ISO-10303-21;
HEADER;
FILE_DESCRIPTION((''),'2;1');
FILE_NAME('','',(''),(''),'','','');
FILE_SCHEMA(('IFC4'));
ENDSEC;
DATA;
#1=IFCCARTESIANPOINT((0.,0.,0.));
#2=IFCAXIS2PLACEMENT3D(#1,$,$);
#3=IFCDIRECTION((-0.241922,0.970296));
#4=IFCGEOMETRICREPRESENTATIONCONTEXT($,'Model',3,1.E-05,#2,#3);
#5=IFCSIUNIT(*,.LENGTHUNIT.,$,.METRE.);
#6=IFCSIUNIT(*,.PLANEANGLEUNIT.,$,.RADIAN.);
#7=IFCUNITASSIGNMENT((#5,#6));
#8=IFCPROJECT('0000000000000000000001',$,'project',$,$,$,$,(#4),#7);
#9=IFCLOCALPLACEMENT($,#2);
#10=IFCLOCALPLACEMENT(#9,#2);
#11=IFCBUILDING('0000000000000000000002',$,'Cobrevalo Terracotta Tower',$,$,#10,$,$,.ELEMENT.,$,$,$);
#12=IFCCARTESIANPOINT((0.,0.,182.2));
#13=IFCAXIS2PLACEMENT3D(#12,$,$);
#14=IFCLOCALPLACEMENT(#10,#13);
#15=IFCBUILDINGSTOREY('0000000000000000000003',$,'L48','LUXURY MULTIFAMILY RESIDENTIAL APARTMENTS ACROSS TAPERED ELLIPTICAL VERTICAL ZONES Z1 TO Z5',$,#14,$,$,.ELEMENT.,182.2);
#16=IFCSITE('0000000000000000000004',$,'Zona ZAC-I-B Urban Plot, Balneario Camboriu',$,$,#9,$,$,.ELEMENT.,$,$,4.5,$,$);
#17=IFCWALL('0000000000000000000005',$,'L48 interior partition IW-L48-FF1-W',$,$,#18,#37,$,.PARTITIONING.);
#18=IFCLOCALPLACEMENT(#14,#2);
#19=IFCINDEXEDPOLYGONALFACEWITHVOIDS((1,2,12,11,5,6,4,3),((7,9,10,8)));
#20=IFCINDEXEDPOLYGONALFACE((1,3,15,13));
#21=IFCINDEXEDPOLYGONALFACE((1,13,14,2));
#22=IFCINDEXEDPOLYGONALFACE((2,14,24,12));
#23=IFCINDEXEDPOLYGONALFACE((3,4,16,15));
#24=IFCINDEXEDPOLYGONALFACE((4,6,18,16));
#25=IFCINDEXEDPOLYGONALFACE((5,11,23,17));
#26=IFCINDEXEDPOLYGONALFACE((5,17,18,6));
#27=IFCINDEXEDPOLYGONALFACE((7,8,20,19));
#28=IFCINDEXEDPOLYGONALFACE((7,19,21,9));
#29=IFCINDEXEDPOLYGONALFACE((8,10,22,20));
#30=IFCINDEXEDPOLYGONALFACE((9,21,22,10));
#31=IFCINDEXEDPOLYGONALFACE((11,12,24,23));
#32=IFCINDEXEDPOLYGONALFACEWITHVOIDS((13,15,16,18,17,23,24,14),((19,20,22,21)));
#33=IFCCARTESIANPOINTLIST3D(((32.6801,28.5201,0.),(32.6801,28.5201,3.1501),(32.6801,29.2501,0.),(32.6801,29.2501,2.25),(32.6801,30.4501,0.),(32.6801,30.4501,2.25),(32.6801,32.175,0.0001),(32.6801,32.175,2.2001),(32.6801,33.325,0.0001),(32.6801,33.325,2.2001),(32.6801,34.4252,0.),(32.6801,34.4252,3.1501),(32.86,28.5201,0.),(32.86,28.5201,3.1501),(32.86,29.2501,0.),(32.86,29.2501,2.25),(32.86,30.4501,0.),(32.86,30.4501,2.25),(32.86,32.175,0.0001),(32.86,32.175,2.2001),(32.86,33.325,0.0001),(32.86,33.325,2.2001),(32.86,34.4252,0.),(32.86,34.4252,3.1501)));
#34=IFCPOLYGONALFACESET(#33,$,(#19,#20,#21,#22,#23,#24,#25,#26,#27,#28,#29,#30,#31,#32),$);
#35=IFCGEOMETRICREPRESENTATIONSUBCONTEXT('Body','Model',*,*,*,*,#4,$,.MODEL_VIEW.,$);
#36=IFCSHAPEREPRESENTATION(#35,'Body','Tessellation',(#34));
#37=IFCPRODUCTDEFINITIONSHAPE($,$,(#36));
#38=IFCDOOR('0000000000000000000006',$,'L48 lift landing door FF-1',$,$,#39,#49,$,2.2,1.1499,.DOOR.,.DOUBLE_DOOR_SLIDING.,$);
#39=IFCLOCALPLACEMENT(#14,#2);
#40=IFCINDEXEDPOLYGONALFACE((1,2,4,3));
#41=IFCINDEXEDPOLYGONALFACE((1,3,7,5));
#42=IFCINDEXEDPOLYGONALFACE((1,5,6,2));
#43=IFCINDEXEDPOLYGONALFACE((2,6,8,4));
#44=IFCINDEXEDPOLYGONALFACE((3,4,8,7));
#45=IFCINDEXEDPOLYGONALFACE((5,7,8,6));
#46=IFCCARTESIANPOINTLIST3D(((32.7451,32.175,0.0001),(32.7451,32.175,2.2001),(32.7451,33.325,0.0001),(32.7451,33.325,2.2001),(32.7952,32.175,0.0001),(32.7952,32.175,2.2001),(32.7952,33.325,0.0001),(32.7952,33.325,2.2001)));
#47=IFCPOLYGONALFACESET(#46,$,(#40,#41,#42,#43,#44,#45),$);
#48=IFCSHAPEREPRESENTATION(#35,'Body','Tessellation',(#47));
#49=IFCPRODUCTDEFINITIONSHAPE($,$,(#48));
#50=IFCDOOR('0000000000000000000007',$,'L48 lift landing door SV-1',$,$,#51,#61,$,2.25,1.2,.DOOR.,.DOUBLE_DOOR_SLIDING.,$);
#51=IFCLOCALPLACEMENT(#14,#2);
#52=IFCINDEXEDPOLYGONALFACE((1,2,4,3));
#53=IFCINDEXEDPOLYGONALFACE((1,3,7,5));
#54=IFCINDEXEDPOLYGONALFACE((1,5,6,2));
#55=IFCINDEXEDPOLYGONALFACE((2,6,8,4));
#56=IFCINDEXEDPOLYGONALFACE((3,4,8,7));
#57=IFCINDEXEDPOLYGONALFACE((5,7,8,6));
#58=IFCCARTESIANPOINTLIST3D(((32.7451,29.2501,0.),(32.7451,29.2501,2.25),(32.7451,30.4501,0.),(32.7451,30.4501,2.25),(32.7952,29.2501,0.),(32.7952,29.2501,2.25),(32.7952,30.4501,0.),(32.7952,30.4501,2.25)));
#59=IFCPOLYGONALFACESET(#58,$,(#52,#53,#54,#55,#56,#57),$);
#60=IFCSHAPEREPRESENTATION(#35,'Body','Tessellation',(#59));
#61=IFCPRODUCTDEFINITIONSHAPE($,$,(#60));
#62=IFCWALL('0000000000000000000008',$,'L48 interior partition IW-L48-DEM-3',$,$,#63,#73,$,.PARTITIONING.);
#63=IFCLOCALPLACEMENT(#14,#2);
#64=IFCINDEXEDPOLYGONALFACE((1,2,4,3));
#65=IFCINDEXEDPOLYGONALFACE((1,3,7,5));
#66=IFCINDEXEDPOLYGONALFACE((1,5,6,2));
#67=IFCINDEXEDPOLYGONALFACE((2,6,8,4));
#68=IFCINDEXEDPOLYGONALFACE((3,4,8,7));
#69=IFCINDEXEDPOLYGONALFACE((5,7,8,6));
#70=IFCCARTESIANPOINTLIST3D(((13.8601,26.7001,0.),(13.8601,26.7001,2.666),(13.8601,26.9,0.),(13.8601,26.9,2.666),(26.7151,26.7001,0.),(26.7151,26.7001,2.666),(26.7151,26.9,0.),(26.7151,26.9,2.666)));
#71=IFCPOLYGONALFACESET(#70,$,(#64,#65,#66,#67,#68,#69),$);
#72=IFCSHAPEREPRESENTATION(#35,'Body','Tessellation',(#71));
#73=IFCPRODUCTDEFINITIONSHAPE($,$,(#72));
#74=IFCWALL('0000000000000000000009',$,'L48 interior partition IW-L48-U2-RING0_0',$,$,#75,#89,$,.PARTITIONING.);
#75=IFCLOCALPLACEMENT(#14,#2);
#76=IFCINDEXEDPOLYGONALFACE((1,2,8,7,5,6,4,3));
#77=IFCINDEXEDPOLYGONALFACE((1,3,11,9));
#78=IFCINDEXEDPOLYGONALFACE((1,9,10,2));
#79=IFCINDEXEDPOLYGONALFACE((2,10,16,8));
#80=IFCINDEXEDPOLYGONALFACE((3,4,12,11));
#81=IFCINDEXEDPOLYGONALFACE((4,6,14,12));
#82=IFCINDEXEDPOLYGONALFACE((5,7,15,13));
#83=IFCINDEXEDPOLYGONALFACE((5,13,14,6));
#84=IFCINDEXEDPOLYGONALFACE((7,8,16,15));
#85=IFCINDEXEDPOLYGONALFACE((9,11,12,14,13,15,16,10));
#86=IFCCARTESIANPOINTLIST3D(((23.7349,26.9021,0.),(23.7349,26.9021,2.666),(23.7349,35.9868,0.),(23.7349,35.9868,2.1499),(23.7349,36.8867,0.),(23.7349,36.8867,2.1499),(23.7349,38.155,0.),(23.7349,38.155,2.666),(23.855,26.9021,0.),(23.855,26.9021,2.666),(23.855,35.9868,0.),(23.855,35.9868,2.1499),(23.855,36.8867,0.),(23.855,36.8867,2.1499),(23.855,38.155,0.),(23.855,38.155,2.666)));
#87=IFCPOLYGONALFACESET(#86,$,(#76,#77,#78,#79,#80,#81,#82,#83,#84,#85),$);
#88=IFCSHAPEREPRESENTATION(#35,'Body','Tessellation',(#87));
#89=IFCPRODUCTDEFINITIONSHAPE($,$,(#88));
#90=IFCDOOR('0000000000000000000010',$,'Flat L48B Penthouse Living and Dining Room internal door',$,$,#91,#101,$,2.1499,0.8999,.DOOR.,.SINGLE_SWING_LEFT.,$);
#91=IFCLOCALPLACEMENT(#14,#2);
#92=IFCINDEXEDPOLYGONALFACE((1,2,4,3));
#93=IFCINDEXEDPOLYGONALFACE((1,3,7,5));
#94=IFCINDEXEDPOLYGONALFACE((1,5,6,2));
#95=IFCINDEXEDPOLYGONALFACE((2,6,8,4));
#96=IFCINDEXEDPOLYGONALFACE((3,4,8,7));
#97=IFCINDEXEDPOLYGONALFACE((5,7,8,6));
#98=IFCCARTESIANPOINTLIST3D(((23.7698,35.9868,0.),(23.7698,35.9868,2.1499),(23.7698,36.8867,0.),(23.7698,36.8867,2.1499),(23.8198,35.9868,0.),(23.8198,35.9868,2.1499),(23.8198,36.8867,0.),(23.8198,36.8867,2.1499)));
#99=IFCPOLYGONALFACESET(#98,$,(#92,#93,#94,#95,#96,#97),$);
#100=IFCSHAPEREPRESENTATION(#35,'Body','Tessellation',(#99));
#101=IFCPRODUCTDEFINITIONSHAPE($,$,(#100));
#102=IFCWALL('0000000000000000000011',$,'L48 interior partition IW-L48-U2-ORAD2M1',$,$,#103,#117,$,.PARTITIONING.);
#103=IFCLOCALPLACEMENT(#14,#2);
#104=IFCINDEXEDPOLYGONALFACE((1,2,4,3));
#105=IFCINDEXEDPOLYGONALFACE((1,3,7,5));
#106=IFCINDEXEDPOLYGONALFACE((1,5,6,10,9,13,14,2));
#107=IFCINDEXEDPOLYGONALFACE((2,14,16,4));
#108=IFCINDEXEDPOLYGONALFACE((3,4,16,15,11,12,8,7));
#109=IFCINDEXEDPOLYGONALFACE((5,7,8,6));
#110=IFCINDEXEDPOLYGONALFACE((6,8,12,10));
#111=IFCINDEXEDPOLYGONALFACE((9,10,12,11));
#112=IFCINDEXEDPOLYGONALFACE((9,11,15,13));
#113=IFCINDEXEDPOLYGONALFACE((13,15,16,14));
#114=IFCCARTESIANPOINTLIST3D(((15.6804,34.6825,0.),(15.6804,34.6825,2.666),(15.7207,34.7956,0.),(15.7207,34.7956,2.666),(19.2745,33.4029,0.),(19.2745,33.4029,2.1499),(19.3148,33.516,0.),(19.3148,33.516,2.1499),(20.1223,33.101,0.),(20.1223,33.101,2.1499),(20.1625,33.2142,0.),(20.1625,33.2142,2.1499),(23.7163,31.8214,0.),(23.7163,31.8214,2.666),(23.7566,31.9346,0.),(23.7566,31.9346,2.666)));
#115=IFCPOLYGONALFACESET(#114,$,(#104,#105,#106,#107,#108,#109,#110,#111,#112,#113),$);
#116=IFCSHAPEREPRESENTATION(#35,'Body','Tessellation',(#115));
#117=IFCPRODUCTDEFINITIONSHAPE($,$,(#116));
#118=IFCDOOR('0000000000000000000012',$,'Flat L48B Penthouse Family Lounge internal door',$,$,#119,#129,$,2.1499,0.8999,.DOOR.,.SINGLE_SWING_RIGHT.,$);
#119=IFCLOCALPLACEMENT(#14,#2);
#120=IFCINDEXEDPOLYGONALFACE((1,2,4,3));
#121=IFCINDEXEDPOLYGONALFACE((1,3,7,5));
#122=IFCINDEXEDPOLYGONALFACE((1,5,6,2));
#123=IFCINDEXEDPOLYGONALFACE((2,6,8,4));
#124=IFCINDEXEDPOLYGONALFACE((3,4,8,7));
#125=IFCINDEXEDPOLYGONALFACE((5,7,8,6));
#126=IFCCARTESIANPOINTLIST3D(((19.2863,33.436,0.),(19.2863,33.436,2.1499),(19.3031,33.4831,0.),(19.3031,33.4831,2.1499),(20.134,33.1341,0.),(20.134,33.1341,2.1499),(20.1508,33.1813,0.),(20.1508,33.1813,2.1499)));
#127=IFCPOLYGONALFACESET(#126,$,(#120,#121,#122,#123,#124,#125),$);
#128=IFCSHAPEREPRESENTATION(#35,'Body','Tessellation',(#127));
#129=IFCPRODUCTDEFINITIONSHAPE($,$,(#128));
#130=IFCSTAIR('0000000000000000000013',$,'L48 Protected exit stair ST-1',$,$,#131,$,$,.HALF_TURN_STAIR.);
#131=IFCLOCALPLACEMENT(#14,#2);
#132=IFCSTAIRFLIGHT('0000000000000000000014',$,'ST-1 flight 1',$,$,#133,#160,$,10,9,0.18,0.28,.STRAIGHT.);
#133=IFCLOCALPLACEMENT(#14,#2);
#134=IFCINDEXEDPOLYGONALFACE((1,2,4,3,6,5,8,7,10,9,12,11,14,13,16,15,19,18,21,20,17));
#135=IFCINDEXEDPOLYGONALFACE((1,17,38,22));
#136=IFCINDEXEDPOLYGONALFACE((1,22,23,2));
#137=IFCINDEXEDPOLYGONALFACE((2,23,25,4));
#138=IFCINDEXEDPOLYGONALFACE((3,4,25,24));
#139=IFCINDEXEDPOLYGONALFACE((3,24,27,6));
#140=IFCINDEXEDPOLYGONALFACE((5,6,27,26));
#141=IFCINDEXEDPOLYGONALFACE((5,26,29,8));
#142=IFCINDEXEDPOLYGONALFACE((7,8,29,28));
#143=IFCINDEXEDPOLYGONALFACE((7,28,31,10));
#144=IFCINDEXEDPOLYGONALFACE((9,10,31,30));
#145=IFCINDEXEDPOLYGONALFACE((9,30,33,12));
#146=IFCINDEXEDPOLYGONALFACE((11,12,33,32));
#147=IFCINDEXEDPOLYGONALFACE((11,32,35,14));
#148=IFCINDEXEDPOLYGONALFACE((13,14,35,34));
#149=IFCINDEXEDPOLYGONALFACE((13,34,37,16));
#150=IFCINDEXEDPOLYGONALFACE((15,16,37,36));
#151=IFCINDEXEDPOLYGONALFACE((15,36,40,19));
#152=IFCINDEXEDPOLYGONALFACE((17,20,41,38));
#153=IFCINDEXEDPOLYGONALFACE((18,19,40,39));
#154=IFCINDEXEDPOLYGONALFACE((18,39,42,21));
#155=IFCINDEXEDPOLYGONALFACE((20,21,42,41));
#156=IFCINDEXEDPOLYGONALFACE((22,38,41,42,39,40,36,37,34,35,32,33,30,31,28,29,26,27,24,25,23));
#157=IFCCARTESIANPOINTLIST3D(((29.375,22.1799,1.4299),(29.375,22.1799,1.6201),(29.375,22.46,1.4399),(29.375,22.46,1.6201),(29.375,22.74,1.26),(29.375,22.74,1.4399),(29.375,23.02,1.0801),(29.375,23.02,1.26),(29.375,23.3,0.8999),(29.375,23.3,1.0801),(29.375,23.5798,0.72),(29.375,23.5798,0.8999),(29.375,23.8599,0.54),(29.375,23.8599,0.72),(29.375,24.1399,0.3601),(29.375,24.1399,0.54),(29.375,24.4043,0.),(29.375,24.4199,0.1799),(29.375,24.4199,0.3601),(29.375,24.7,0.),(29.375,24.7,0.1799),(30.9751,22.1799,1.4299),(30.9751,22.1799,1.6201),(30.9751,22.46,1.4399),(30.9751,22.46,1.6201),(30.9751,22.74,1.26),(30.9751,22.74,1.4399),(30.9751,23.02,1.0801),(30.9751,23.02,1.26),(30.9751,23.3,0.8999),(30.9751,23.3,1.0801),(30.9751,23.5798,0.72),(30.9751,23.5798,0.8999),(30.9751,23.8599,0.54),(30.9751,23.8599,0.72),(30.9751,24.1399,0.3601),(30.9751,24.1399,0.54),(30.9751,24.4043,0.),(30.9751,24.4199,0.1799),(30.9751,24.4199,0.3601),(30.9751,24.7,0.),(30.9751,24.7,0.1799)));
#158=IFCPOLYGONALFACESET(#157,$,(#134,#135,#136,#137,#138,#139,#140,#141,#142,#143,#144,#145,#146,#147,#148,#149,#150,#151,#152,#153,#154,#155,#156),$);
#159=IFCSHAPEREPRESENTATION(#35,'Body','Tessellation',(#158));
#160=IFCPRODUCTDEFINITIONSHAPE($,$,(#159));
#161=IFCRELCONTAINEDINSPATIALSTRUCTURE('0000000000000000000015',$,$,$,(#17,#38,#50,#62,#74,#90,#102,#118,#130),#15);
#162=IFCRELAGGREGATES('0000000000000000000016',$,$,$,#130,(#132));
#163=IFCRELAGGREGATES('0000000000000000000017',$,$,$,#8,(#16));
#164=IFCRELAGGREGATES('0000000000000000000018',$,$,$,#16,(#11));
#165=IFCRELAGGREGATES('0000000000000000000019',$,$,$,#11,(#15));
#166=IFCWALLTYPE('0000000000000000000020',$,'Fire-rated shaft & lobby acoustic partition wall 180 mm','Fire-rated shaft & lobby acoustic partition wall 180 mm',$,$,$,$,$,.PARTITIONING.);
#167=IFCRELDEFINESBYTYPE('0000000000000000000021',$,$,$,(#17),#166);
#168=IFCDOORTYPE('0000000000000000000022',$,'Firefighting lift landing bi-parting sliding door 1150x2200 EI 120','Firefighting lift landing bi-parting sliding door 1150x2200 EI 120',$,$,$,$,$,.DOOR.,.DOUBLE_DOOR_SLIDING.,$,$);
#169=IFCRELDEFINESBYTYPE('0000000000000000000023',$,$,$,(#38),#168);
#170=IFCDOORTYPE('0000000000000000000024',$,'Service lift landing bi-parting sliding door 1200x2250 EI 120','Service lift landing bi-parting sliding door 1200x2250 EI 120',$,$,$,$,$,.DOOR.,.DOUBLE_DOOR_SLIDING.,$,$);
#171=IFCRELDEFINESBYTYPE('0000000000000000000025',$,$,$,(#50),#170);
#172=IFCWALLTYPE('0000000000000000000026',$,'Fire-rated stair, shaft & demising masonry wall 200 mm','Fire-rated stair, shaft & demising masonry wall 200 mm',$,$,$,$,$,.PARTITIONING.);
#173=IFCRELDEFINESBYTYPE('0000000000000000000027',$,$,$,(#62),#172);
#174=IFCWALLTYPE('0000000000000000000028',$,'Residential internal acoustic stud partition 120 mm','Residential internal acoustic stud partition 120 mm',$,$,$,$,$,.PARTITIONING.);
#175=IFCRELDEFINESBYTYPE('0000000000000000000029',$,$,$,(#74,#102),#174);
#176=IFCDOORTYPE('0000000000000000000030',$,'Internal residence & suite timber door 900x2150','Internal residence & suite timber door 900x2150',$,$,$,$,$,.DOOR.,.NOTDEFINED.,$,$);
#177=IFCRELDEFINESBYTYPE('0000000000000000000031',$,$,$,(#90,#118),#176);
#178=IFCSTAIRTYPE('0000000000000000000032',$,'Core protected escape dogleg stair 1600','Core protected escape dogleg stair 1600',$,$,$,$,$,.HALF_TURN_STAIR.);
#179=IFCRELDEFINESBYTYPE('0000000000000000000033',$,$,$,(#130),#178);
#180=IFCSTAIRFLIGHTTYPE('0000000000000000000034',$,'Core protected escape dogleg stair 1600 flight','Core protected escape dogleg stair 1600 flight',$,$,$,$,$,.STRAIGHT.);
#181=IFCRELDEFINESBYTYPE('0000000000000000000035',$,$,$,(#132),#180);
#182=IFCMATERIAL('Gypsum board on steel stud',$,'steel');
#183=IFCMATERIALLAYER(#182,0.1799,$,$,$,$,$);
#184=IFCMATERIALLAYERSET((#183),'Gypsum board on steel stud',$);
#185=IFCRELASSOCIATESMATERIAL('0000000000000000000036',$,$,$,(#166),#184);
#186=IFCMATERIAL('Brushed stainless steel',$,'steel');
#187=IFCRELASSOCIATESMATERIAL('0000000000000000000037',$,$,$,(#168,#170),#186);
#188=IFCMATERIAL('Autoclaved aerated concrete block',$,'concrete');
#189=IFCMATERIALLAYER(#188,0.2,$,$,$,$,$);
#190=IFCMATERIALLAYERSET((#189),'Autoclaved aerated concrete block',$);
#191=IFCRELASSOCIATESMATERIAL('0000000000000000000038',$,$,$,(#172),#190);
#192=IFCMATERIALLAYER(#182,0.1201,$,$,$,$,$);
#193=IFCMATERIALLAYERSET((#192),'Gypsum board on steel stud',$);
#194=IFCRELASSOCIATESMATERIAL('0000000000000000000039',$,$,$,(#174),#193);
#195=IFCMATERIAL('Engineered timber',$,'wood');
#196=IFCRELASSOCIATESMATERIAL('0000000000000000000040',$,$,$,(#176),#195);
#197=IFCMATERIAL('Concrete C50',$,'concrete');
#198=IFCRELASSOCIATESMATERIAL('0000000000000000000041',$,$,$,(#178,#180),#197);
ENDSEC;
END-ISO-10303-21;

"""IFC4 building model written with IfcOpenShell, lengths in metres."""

from ifc_helpers import new_model, si_unit, direction, frame, frame_2d, origin, place, context, subcontext, project, spatial, polyline, rectangle, outline, extrude, source, transform, mapped, material, layer, layer_set, type_object, element, fill, aggregate, save


model = new_model("IFC4")

# Units and contexts
model_context = context("Model", 3, precision=1e-05, world=origin(), true_north=direction((-0.241922, 0.970296)))
body_context = subcontext(model_context, "Body", "Model", "MODEL_VIEW")
ifc_project = project(units=[si_unit("LENGTHUNIT", "METRE"), si_unit("PLANEANGLEUNIT", "RADIAN")], contexts=[model_context])

# Site, building, storey
site_placement = place(None, origin())
site = spatial("IfcSite", under=ifc_project, at=site_placement, Name="Zona ZAC-I-B Urban Plot, Balneario Camboriu", CompositionType="ELEMENT", RefElevation=4.5)
building_placement = place(site_placement, origin())
building = spatial("IfcBuilding", under=site, at=building_placement, Name="Cobrevalo Terracotta Tower", CompositionType="ELEMENT")
storey_placement = place(building_placement, frame((0.0, 0.0, 182.2)))
storey = spatial("IfcBuildingStorey", under=building, at=storey_placement, Name="L48", Description="LUXURY MULTIFAMILY RESIDENTIAL APARTMENTS ACROSS TAPERED ELLIPTICAL VERTICAL ZONES Z1 TO Z5", CompositionType="ELEMENT", Elevation=182.2)

# Shared definitions
ifc_material_1 = material(Name="Gypsum board on steel stud", Category="steel")

# Shared definitions
ifc_layer_1 = layer(ifc_material_1, 0.1799)
ifc_layer_set_1 = layer_set([ifc_layer_1], Name="Gypsum board on steel stud")
wall_type_1 = type_object("IfcWallType", Name="Fire-rated shaft & lobby acoustic partition wall 180 mm", Description="Fire-rated shaft & lobby acoustic partition wall 180 mm", PredefinedType="PARTITIONING", material=ifc_layer_set_1)

# Wall, openings, doors
wall_1_placement = place(storey_placement, frame((32.77, 28.52, 0.0), z_axis=(0.0, 0.0, 1.0), x_axis=(0.0, 1.0, 0.0)))
wall_1 = element("IfcWall", 1, at=wall_1_placement, inside=storey, type_object=wall_type_1, Name="L48 interior partition IW-L48-FF1-W", PredefinedType="PARTITIONING", context=body_context, shape_type="SweptSolid", body=[
    extrude(rectangle(XDim=5.905, YDim=0.1799, at=frame_2d((2.9526, 0.0))), origin(), (0.0, 0.0, 1.0), 3.1501),
])
opening_1_placement = place(wall_1_placement, frame((3.655, 0.0, 0.0)))
opening_1 = element("IfcOpeningElement", 2, at=opening_1_placement, cuts=wall_1, PredefinedType="OPENING", context=body_context, shape_type="SweptSolid", body=[
    extrude(rectangle(XDim=1.1499, YDim=2.2, at=frame_2d((0.575, 1.1001))), frame((0.0, 0.1001, 0.0), z_axis=(0.0, -1.0, 0.0), x_axis=(1.0, 0.0, 0.0)), (0.0, 0.0, 1.0), 0.2),
])
opening_2_placement = place(wall_1_placement, frame((0.73, 0.0, 0.0)))
opening_2 = element("IfcOpeningElement", 3, at=opening_2_placement, cuts=wall_1, PredefinedType="OPENING", context=body_context, shape_type="SweptSolid", body=[
    extrude(rectangle(XDim=1.2, YDim=2.25, at=frame_2d((0.6001, 1.125))), frame((0.0, 0.1001, 0.0), z_axis=(0.0, -1.0, 0.0), x_axis=(1.0, 0.0, 0.0)), (0.0, 0.0, 1.0), 0.2),
])
ifc_material_2 = material(Name="Brushed stainless steel", Category="steel")
door_type_1 = type_object("IfcDoorType", Name="Firefighting lift landing bi-parting sliding door 1150x2200 EI 120", Description="Firefighting lift landing bi-parting sliding door 1150x2200 EI 120", OperationType="DOUBLE_DOOR_SLIDING", PredefinedType="DOOR", material=ifc_material_2)
shared_shape_1 = source(origin(), body_context, "Body", "SweptSolid", [
    extrude(rectangle(XDim=1.1499, YDim=2.2, at=frame_2d((0.575, 1.1001))), frame((0.0, 0.0249, 0.0), z_axis=(0.0, -1.0, 0.0), x_axis=(1.0, 0.0, 0.0)), (0.0, 0.0, 1.0), 0.05),
])
door_1_placement = place(opening_1_placement, origin())
door_1 = element("IfcDoor", 4, at=door_1_placement, inside=storey, type_object=door_type_1, Name="L48 lift landing door FF-1", OperationType="DOUBLE_DOOR_SLIDING", OverallHeight=2.2, OverallWidth=1.1499, PredefinedType="DOOR", context=body_context, shape_type="MappedRepresentation", body=[
    mapped(shared_shape_1, transform((0.0, 0.0, 0.0), scale=1.0)),
])
fill(opening_1, door_1)
door_type_2 = type_object("IfcDoorType", Name="Service lift landing bi-parting sliding door 1200x2250 EI 120", Description="Service lift landing bi-parting sliding door 1200x2250 EI 120", OperationType="DOUBLE_DOOR_SLIDING", PredefinedType="DOOR", material=ifc_material_2)
shared_shape_2 = source(origin(), body_context, "Body", "SweptSolid", [
    extrude(rectangle(XDim=1.2, YDim=2.25, at=frame_2d((0.6001, 1.125))), frame((0.0, 0.0249, 0.0), z_axis=(0.0, -1.0, 0.0), x_axis=(1.0, 0.0, 0.0)), (0.0, 0.0, 1.0), 0.05),
])
door_2_placement = place(opening_2_placement, origin())
door_2 = element("IfcDoor", 5, at=door_2_placement, inside=storey, type_object=door_type_2, Name="L48 lift landing door SV-1", OperationType="DOUBLE_DOOR_SLIDING", OverallHeight=2.25, OverallWidth=1.2, PredefinedType="DOOR", context=body_context, shape_type="MappedRepresentation", body=[
    mapped(shared_shape_2, transform((0.0, 0.0, 0.0), scale=1.0)),
])
fill(opening_2, door_2)

# Wall
ifc_material_3 = material(Name="Autoclaved aerated concrete block", Category="concrete")
ifc_layer_2 = layer(ifc_material_3, 0.2)
ifc_layer_set_2 = layer_set([ifc_layer_2], Name="Autoclaved aerated concrete block")
wall_type_2 = type_object("IfcWallType", Name="Fire-rated stair, shaft & demising masonry wall 200 mm", Description="Fire-rated stair, shaft & demising masonry wall 200 mm", PredefinedType="PARTITIONING", material=ifc_layer_set_2)
wall_2_placement = place(storey_placement, frame((26.7151, 26.8, 0.0), z_axis=(0.0, 0.0, 1.0), x_axis=(-1.0, 0.0, 0.0)))
element("IfcWall", 6, at=wall_2_placement, inside=storey, type_object=wall_type_2, Name="L48 interior partition IW-L48-DEM-3", PredefinedType="PARTITIONING", context=body_context, shape_type="SweptSolid", body=[
    extrude(rectangle(XDim=12.855, YDim=0.2, at=frame_2d((6.4275, 0.0))), origin(), (0.0, 0.0, 1.0), 2.666),
])

# Walls, openings, doors
ifc_layer_3 = layer(ifc_material_1, 0.1201)
ifc_layer_set_3 = layer_set([ifc_layer_3], Name="Gypsum board on steel stud")
wall_type_3 = type_object("IfcWallType", Name="Residential internal acoustic stud partition 120 mm", Description="Residential internal acoustic stud partition 120 mm", PredefinedType="PARTITIONING", material=ifc_layer_set_3)
wall_3_placement = place(storey_placement, frame((23.7949, 26.9021, 0.0), z_axis=(0.0, 0.0, 1.0), x_axis=(0.0, 1.0, 0.0)))
wall_3 = element("IfcWall", 7, at=wall_3_placement, inside=storey, type_object=wall_type_3, Name="L48 interior partition IW-L48-U2-RING0_0", PredefinedType="PARTITIONING", context=body_context, shape_type="SweptSolid", body=[
    extrude(rectangle(XDim=11.2529, YDim=0.1201, at=frame_2d((5.6265, 0.0))), origin(), (0.0, 0.0, 1.0), 2.666),
])
opening_3_placement = place(wall_3_placement, frame((9.0847, 0.0, 0.0)))
opening_3 = element("IfcOpeningElement", 8, at=opening_3_placement, cuts=wall_3, PredefinedType="OPENING", context=body_context, shape_type="SweptSolid", body=[
    extrude(rectangle(XDim=0.8999, YDim=2.1499, at=frame_2d((0.45, 1.075))), frame((0.0, 0.0701, 0.0), z_axis=(0.0, -1.0, 0.0), x_axis=(1.0, 0.0, 0.0)), (0.0, 0.0, 1.0), 0.1401),
])
ifc_material_4 = material(Name="Engineered timber", Category="wood")
door_type_3 = type_object("IfcDoorType", Name="Internal residence & suite timber door 900x2150", Description="Internal residence & suite timber door 900x2150", OperationType="NOTDEFINED", PredefinedType="DOOR", material=ifc_material_4)
shared_shape_3 = source(origin(), body_context, "Body", "SweptSolid", [
    extrude(rectangle(XDim=0.8999, YDim=2.1499, at=frame_2d((0.45, 1.075))), frame((0.0, 0.0249, 0.0), z_axis=(0.0, -1.0, 0.0), x_axis=(1.0, 0.0, 0.0)), (0.0, 0.0, 1.0), 0.05),
])
door_3_placement = place(opening_3_placement, frame((0.8999, 0.0, 0.0), z_axis=(0.0, 0.0, 1.0), x_axis=(-1.0, 0.0, 0.0)))
door_3 = element("IfcDoor", 9, at=door_3_placement, inside=storey, type_object=door_type_3, Name="Flat L48B Penthouse Living and Dining Room internal door", OperationType="SINGLE_SWING_LEFT", OverallHeight=2.1499, OverallWidth=0.8999, PredefinedType="DOOR", context=body_context, shape_type="MappedRepresentation", body=[
    mapped(shared_shape_3, transform((0.0, 0.0, 0.0), scale=1.0)),
])
fill(opening_3, door_3)
wall_4_placement = place(storey_placement, frame((23.7366, 31.8779, 0.0), z_axis=(0.0, 0.0, 1.0), x_axis=(-0.942071, 0.335413, 0.0)))
wall_4 = element("IfcWall", 10, at=wall_4_placement, inside=storey, type_object=wall_type_3, Name="L48 interior partition IW-L48-U2-ORAD2M1", PredefinedType="PARTITIONING", context=body_context, shape_type="SweptSolid", body=[
    extrude(rectangle(XDim=8.53, YDim=0.1201, at=frame_2d((4.2651, 0.0))), origin(), (0.0, 0.0, 1.0), 2.666),
])
opening_4_placement = place(wall_4_placement, frame((3.8152, 0.0, 0.0)))
opening_4 = element("IfcOpeningElement", 11, at=opening_4_placement, cuts=wall_4, PredefinedType="OPENING", context=body_context, shape_type="SweptSolid", body=[
    extrude(rectangle(XDim=0.8999, YDim=2.1499, at=frame_2d((0.45, 1.075))), frame((0.0, 0.0701, 0.0), z_axis=(0.0, -1.0, 0.0), x_axis=(1.0, 0.0, 0.0)), (0.0, 0.0, 1.0), 0.1401),
])
door_4_placement = place(opening_4_placement, origin())
door_4 = element("IfcDoor", 12, at=door_4_placement, inside=storey, type_object=door_type_3, Name="Flat L48B Penthouse Family Lounge internal door", OperationType="SINGLE_SWING_RIGHT", OverallHeight=2.1499, OverallWidth=0.8999, PredefinedType="DOOR", context=body_context, shape_type="MappedRepresentation", body=[
    mapped(shared_shape_3, transform((0.0, 0.0, 0.0), scale=1.0)),
])
fill(opening_4, door_4)
ifc_material_5 = material(Name="Concrete C50", Category="concrete")

# Stair, stair flight
stair_type = type_object("IfcStairType", Name="Core protected escape dogleg stair 1600", Description="Core protected escape dogleg stair 1600", PredefinedType="HALF_TURN_STAIR", material=ifc_material_5)
stair_placement = place(storey_placement, origin())
stair = element("IfcStair", 13, at=stair_placement, inside=storey, type_object=stair_type, Name="L48 Protected exit stair ST-1", PredefinedType="HALF_TURN_STAIR")
stair_flight_type = type_object("IfcStairFlightType", Name="Core protected escape dogleg stair 1600 flight", Description="Core protected escape dogleg stair 1600 flight", PredefinedType="STRAIGHT", material=ifc_material_5)
stair_flight_placement = place(storey_placement, frame((30.175, 24.7, 0.0), z_axis=(0.0, 0.0, 1.0), x_axis=(0.0, -1.0, 0.0)))
stair_flight = element("IfcStairFlight", 14, at=stair_flight_placement, type_object=stair_flight_type, Name="ST-1 flight 1", NumberOfRisers=10, NumberOfTreads=9, PredefinedType="STRAIGHT", RiserHeight=0.18, TreadLength=0.28, context=body_context, shape_type="SweptSolid", body=[
    extrude(outline(polyline([(0.0, 0.0), (0.0, 0.1799), (0.28, 0.1799), (0.28, 0.3601), (0.5601, 0.3601), (0.5601, 0.54), (0.8401, 0.54), (0.8401, 0.72), (1.1201, 0.72), (1.1201, 0.8999), (1.3999, 0.8999), (1.3999, 1.0801), (1.6799, 1.0801), (1.6799, 1.26), (1.96, 1.26), (1.96, 1.4399), (2.24, 1.4399), (2.24, 1.6201), (2.52, 1.6201), (2.52, 1.8), (2.52, 1.4299), (0.2957, 0.0), (0.0, 0.0)])), frame((0.0, 0.8, 0.0), z_axis=(0.0, -1.0, 0.0), x_axis=(1.0, 0.0, 0.0)), (0.0, 0.0, 1.0), 1.6001),
])
aggregate(stair, [stair_flight])

save(model, "model.ifc")
